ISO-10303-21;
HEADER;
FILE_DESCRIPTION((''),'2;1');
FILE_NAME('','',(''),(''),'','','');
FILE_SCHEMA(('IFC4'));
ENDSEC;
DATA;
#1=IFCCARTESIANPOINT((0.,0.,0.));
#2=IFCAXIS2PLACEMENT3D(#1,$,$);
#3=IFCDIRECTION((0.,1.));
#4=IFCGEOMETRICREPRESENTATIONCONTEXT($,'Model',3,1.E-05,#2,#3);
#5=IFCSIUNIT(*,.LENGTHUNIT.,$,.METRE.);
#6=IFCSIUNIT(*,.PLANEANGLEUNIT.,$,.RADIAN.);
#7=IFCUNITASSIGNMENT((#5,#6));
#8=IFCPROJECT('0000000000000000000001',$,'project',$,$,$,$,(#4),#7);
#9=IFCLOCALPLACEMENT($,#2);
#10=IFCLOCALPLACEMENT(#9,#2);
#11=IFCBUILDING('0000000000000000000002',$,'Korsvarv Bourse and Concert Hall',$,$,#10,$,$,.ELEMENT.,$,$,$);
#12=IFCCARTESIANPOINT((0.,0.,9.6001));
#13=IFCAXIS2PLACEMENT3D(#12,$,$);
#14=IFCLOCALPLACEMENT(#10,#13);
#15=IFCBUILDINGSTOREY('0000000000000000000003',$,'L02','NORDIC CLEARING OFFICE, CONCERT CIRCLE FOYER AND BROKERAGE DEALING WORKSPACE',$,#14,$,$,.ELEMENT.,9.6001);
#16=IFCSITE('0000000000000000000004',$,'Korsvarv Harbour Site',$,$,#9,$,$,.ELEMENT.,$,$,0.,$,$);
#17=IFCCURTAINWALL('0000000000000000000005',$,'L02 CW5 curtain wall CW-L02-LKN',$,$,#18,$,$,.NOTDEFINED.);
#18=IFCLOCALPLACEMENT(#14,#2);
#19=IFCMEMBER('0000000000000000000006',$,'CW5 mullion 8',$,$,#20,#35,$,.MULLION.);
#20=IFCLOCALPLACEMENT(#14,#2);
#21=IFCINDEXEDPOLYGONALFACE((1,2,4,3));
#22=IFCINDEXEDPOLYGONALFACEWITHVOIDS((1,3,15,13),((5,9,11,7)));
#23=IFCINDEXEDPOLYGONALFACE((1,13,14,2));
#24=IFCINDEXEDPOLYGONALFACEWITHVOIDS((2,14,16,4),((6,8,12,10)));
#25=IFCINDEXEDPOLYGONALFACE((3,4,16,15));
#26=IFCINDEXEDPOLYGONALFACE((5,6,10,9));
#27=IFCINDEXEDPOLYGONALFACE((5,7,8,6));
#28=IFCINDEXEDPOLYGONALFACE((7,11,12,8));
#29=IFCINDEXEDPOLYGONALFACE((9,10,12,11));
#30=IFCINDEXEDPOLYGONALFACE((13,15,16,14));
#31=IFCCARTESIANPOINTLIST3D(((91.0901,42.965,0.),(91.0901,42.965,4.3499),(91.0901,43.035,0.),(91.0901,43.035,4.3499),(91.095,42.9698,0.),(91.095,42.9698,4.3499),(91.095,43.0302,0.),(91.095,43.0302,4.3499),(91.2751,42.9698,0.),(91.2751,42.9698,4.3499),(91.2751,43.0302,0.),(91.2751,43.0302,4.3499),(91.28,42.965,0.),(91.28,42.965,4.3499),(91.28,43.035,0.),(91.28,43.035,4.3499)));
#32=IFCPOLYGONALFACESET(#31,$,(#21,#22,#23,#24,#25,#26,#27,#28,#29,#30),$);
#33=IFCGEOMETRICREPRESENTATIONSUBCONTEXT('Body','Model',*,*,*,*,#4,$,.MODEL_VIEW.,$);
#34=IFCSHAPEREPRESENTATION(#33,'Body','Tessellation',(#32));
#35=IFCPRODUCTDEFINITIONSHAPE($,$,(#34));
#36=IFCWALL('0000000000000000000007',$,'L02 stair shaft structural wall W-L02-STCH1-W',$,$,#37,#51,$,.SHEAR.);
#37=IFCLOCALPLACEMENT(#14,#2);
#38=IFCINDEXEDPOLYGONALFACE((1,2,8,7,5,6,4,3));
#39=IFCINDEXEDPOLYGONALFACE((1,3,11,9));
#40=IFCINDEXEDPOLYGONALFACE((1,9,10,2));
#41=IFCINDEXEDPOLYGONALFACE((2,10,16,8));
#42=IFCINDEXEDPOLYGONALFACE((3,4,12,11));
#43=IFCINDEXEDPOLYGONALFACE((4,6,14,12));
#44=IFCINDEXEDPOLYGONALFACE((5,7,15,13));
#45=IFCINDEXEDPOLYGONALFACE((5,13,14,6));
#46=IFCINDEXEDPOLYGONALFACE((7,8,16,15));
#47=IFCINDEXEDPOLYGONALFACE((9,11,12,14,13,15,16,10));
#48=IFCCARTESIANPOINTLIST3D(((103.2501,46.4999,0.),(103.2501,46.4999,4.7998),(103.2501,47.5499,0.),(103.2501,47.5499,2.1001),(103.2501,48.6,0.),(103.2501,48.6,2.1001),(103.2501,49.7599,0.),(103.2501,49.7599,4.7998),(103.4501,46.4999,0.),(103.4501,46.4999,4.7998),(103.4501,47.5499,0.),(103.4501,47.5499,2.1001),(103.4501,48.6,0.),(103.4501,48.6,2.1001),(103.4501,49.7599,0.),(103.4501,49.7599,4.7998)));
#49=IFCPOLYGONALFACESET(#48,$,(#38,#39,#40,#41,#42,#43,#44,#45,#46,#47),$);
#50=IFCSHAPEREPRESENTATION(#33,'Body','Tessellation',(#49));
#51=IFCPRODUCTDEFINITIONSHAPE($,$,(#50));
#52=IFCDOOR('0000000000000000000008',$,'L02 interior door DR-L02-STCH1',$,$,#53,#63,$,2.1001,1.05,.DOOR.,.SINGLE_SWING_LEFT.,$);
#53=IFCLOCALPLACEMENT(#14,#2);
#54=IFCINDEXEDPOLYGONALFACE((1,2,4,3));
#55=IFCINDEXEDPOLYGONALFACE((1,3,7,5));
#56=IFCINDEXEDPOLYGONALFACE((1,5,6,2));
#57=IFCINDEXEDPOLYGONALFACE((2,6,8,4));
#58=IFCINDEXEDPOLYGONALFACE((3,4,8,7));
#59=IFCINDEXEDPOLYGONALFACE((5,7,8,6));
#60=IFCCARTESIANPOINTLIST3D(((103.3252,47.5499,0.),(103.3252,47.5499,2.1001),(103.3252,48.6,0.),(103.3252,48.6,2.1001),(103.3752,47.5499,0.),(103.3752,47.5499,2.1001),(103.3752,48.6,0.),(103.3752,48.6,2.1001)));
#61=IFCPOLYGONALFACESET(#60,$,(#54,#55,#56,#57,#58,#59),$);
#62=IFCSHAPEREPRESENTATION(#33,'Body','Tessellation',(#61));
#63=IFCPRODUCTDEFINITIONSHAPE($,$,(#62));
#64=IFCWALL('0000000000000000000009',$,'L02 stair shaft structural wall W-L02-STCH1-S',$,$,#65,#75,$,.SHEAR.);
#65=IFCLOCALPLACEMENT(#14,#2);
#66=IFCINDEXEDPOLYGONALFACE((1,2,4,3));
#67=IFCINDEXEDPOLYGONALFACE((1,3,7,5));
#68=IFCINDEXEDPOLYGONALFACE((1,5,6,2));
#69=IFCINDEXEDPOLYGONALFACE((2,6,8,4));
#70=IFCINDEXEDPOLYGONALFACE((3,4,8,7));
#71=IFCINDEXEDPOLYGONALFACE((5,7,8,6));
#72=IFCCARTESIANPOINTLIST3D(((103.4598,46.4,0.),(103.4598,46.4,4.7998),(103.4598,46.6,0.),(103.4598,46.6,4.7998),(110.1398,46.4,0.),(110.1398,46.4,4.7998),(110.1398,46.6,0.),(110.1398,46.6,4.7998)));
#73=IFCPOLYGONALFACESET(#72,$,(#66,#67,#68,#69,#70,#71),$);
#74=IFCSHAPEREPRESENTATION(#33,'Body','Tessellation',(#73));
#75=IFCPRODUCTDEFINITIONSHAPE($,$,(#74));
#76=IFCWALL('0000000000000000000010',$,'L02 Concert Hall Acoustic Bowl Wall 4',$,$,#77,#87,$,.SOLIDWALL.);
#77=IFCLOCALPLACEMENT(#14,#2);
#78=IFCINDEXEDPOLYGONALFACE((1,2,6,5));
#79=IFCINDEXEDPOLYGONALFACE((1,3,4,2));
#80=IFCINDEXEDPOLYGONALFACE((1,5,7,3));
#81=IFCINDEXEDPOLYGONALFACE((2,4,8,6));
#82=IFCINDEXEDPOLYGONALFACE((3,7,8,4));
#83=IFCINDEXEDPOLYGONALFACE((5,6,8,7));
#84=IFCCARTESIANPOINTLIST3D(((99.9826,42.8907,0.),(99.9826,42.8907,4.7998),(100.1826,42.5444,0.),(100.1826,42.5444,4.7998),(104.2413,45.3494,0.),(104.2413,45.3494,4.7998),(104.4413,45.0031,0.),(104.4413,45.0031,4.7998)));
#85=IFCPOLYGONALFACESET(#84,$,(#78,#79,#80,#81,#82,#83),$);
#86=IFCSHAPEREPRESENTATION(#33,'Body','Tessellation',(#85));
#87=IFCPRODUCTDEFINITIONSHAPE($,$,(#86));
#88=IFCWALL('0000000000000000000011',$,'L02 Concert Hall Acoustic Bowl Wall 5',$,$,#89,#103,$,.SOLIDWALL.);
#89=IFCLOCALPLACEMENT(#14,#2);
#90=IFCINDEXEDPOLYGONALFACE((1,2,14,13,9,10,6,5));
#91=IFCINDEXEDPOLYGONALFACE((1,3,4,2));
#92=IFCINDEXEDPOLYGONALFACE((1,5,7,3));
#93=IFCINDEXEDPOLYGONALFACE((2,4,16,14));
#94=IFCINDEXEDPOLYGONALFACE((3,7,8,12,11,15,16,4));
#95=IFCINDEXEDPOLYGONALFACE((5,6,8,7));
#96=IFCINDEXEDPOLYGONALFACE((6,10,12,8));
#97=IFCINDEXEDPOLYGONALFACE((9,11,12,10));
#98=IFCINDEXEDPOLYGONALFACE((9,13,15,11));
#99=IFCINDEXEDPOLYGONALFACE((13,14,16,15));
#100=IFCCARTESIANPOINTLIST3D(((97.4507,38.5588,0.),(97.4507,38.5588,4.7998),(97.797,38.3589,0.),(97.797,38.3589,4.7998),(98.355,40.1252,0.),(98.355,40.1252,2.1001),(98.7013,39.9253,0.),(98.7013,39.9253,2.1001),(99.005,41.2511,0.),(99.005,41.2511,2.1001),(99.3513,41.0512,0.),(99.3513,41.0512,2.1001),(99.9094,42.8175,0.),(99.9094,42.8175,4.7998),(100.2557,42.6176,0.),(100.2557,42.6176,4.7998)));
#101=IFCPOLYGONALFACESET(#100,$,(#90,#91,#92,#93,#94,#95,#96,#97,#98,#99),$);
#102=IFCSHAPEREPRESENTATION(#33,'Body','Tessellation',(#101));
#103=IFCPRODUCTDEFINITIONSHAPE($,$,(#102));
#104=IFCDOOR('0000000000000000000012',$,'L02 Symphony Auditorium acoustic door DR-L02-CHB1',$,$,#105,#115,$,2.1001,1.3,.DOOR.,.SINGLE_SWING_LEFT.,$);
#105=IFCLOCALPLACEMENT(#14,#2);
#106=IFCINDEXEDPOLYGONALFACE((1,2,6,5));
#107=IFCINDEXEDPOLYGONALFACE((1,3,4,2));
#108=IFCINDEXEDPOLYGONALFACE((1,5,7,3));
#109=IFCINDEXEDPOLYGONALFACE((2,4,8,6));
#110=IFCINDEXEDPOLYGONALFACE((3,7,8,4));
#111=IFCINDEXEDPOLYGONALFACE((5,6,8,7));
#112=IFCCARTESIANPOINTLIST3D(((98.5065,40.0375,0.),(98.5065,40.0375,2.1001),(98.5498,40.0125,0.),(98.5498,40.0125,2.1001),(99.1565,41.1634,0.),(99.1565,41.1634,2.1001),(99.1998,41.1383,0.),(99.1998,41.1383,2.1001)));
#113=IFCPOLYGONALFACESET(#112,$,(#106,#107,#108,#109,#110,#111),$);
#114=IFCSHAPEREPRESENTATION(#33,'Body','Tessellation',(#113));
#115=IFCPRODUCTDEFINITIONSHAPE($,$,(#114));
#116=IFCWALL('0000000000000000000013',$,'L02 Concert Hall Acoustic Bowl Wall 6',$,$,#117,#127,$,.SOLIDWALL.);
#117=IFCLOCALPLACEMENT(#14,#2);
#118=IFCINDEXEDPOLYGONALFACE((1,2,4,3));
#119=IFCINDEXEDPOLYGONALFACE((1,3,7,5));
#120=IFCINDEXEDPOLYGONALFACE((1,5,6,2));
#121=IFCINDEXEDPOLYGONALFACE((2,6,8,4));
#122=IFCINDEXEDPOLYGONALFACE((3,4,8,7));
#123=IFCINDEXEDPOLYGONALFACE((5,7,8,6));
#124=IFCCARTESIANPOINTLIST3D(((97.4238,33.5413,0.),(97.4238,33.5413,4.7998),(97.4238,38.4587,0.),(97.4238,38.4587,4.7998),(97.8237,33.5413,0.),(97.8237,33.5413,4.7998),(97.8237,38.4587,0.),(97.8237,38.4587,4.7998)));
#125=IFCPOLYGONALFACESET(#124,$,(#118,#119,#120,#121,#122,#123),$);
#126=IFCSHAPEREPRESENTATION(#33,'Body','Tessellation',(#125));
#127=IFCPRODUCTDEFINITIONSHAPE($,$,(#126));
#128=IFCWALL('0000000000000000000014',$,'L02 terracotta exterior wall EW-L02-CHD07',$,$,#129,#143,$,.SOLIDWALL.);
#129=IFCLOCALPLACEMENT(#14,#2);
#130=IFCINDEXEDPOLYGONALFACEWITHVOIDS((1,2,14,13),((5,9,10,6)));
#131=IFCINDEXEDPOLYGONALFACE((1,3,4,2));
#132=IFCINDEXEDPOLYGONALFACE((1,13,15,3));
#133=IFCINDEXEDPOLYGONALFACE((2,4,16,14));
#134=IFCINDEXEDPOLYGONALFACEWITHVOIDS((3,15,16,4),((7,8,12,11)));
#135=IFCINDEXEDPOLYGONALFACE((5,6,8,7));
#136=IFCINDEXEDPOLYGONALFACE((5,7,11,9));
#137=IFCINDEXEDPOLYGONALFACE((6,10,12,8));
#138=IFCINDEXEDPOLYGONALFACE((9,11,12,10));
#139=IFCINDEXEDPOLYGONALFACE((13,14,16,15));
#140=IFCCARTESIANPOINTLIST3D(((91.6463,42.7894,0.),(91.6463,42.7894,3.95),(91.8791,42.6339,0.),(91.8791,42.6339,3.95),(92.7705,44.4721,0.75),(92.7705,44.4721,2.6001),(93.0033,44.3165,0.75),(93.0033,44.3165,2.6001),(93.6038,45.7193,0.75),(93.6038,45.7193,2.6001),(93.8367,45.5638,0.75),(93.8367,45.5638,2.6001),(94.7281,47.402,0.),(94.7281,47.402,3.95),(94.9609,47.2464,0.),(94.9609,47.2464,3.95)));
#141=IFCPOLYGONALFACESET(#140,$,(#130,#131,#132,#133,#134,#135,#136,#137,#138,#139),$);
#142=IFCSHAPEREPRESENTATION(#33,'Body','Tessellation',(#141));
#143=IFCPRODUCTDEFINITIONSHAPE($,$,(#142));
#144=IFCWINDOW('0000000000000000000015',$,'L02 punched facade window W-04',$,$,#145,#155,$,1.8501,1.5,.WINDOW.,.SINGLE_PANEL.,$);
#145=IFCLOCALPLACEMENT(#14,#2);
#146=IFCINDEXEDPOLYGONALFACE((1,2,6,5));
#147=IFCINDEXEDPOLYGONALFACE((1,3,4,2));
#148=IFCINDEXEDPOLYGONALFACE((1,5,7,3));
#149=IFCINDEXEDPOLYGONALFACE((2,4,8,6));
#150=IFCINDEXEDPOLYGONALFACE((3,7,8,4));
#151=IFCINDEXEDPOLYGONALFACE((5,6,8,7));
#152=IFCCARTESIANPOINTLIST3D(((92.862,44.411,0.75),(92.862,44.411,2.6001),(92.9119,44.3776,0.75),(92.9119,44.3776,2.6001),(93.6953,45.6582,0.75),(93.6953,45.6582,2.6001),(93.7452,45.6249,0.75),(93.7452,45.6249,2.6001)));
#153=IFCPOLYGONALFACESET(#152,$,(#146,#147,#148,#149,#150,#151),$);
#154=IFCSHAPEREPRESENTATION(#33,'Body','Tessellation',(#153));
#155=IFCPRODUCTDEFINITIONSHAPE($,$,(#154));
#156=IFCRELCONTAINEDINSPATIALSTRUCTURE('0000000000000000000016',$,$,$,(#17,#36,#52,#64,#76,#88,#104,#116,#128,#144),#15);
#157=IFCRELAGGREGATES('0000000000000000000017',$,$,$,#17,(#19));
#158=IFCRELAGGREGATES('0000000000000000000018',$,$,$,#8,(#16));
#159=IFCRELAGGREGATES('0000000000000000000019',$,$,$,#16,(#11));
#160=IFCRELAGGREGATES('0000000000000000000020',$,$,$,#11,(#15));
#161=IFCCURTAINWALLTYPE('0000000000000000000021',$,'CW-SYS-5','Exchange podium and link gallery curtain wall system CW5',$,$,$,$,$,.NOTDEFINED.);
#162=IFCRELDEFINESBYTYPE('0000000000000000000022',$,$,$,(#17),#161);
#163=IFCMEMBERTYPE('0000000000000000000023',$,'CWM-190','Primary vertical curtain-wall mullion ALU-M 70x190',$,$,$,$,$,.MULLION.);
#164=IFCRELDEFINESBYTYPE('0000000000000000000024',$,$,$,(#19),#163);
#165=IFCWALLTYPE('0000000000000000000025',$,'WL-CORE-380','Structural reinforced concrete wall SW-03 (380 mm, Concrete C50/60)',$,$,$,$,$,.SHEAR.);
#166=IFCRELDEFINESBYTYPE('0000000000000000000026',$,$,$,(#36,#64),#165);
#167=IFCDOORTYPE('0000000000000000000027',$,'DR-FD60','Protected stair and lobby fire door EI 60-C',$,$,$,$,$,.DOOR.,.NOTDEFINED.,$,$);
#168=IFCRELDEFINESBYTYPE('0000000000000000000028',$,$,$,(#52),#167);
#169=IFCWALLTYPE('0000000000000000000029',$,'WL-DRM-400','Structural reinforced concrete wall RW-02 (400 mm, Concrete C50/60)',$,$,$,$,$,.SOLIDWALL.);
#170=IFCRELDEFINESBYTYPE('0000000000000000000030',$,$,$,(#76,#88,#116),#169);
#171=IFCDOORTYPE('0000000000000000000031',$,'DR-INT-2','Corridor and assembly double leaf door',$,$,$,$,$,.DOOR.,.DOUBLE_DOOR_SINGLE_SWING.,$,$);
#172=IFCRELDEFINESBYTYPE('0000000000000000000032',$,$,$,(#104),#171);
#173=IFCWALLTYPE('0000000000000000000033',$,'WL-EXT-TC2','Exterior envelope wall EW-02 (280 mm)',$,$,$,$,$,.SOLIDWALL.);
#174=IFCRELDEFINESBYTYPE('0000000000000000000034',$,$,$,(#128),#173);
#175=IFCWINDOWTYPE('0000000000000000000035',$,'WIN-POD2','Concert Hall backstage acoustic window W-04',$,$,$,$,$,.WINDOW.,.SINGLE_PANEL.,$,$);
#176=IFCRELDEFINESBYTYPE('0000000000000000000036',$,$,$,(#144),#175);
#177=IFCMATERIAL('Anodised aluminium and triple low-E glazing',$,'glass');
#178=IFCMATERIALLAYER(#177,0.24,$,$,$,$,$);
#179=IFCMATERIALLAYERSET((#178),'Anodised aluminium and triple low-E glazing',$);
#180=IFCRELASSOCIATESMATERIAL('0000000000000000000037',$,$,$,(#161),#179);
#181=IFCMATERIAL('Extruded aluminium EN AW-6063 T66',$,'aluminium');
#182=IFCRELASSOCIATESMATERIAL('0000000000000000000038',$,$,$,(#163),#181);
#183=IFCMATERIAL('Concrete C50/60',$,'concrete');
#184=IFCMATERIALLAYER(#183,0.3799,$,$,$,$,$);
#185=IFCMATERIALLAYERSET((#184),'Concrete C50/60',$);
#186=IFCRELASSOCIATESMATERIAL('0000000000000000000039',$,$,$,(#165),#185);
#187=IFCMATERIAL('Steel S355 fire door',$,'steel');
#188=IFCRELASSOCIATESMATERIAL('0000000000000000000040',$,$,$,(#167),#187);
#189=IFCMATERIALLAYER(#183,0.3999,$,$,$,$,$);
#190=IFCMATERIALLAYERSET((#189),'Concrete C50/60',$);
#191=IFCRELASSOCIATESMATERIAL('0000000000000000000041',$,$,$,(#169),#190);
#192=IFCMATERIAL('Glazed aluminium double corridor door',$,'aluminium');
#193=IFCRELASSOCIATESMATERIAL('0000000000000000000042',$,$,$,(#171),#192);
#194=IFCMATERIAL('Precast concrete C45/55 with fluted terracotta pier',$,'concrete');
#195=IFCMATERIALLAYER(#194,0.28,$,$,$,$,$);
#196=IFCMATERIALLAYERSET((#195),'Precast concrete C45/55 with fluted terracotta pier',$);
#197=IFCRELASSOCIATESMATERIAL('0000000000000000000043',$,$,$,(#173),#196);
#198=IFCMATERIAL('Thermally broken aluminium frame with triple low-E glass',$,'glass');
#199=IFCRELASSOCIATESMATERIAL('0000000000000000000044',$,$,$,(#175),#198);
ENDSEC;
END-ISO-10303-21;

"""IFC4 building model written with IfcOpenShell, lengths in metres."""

from ifc_helpers import new_model, si_unit, direction, frame, frame_2d, origin, origin_2d, place, context, subcontext, project, spatial, rectangle, hollow_rectangle, extrude, source, transform, mapped, material, layer, layer_set, material_profile, profile_set, type_object, element, fill, aggregate, save


model = new_model("IFC4")

# Units and contexts
model_context = context("Model", 3, precision=1e-05, world=origin(), true_north=direction((0.0, 1.0)))
body_context = subcontext(model_context, "Body", "Model", "MODEL_VIEW")
ifc_project = project(units=[si_unit("LENGTHUNIT", "METRE"), si_unit("PLANEANGLEUNIT", "RADIAN")], contexts=[model_context])

# Site, building, storey
site_placement = place(None, origin())
site = spatial("IfcSite", under=ifc_project, at=site_placement, Name="Korsvarv Harbour Site", CompositionType="ELEMENT", RefElevation=0.0)
building_placement = place(site_placement, origin())
building = spatial("IfcBuilding", under=site, at=building_placement, Name="Korsvarv Bourse and Concert Hall", CompositionType="ELEMENT")
storey_placement = place(building_placement, frame((0.0, 0.0, 9.6001)))
storey = spatial("IfcBuildingStorey", under=building, at=storey_placement, Name="L02", Description="NORDIC CLEARING OFFICE, CONCERT CIRCLE FOYER AND BROKERAGE DEALING WORKSPACE", CompositionType="ELEMENT", Elevation=9.6001)

# Shared definitions
ifc_material_1 = material(Name="Concrete C50/60", Category="concrete")

# Curtain wall, member
ifc_material_2 = material(Name="Anodised aluminium and triple low-E glazing", Category="glass")
ifc_layer_1 = layer(ifc_material_2, 0.24)
ifc_layer_set_1 = layer_set([ifc_layer_1], Name="Anodised aluminium and triple low-E glazing")
curtain_wall_type = type_object("IfcCurtainWallType", Name="CW-SYS-5", Description="Exchange podium and link gallery curtain wall system CW5", PredefinedType="NOTDEFINED", material=ifc_layer_set_1)
curtain_wall_placement = place(storey_placement, origin())
curtain_wall = element("IfcCurtainWall", 1, at=curtain_wall_placement, inside=storey, type_object=curtain_wall_type, Name="L02 CW5 curtain wall CW-L02-LKN", PredefinedType="NOTDEFINED")
ifc_material_3 = material(Name="Extruded aluminium EN AW-6063 T66", Category="aluminium")
ifc_material_profile_1 = material_profile(ifc_material_3, hollow_rectangle(XDim=0.0701, YDim=0.1899, WallThickness=0.0049, at=origin_2d()), Name="ALU-M 70x190")
ifc_profile_set_1 = profile_set([ifc_material_profile_1], Name="Extruded aluminium EN AW-6063 T66")
member_type = type_object("IfcMemberType", Name="CWM-190", Description="Primary vertical curtain-wall mullion ALU-M 70x190", PredefinedType="MULLION", material=ifc_profile_set_1)
shared_shape_1 = source(origin(), body_context, "Body", "SweptSolid", [
    extrude(hollow_rectangle(XDim=0.0701, YDim=0.1899, WallThickness=0.0049, at=origin_2d()), origin(), (0.0, 0.0, 1.0), 4.3499),
])
member_placement = place(storey_placement, frame((91.1851, 43.0, 0.0), z_axis=(0.0, 0.0, 1.0), x_axis=(0.0, 1.0, 0.0)))
member = element("IfcMember", 2, at=member_placement, type_object=member_type, Name="CW5 mullion 8", PredefinedType="MULLION", context=body_context, shape_type="MappedRepresentation", body=[
    mapped(shared_shape_1, transform((0.0, 0.0, 0.0), scale=1.0)),
])
aggregate(curtain_wall, [member])

# Wall, opening, door
ifc_layer_2 = layer(ifc_material_1, 0.3799)
ifc_layer_set_2 = layer_set([ifc_layer_2], Name="Concrete C50/60")
wall_type_1 = type_object("IfcWallType", Name="WL-CORE-380", Description="Structural reinforced concrete wall SW-03 (380 mm, Concrete C50/60)", PredefinedType="SHEAR", material=ifc_layer_set_2)
wall_1_placement = place(storey_placement, frame((103.3501, 46.5, 0.0), z_axis=(0.0, 0.0, 1.0), x_axis=(0.0, 1.0, 0.0)))
wall_1 = element("IfcWall", 3, at=wall_1_placement, inside=storey, type_object=wall_type_1, Name="L02 stair shaft structural wall W-L02-STCH1-W", PredefinedType="SHEAR", context=body_context, shape_type="SweptSolid", body=[
    extrude(rectangle(XDim=3.26, YDim=0.2, at=frame_2d((1.6299, 0.0))), origin(), (0.0, 0.0, 1.0), 4.7998),
])
opening_1_placement = place(wall_1_placement, frame((1.05, 0.0, 0.0)))
opening_1 = element("IfcOpeningElement", 4, at=opening_1_placement, cuts=wall_1, PredefinedType="OPENING", context=body_context, shape_type="SweptSolid", body=[
    extrude(rectangle(XDim=1.05, YDim=2.1001, at=frame_2d((0.5249, 1.05))), frame((0.0, 0.1099, 0.0), z_axis=(0.0, -1.0, 0.0), x_axis=(1.0, 0.0, 0.0)), (0.0, 0.0, 1.0), 0.22),
])
ifc_material_4 = material(Name="Steel S355 fire door", Category="steel")
door_type_1 = type_object("IfcDoorType", Name="DR-FD60", Description="Protected stair and lobby fire door EI 60-C", OperationType="NOTDEFINED", PredefinedType="DOOR", material=ifc_material_4)
door_1_placement = place(opening_1_placement, origin())
door_1 = element("IfcDoor", 5, at=door_1_placement, inside=storey, type_object=door_type_1, Name="L02 interior door DR-L02-STCH1", OperationType="SINGLE_SWING_LEFT", OverallHeight=2.1001, OverallWidth=1.05, PredefinedType="DOOR", context=body_context, shape_type="SweptSolid", body=[
    extrude(rectangle(XDim=1.05, YDim=2.1001, at=frame_2d((0.5249, 1.05))), frame((0.0, 0.0249, 0.0), z_axis=(0.0, -1.0, 0.0), x_axis=(1.0, 0.0, 0.0)), (0.0, 0.0, 1.0), 0.05),
])
fill(opening_1, door_1)

# Walls
wall_2_placement = place(storey_placement, frame((103.46, 46.5, 0.0), z_axis=(0.0, 0.0, 1.0), x_axis=(1.0, 0.0, 0.0)))
element("IfcWall", 6, at=wall_2_placement, inside=storey, type_object=wall_type_1, Name="L02 stair shaft structural wall W-L02-STCH1-S", PredefinedType="SHEAR", context=body_context, shape_type="SweptSolid", body=[
    extrude(rectangle(XDim=6.6799, YDim=0.2, at=frame_2d((3.3398, 0.0))), origin(), (0.0, 0.0, 1.0), 4.7998),
])
ifc_layer_3 = layer(ifc_material_1, 0.3999)
ifc_layer_set_3 = layer_set([ifc_layer_3], Name="Concrete C50/60")
wall_type_2 = type_object("IfcWallType", Name="WL-DRM-400", Description="Structural reinforced concrete wall RW-02 (400 mm, Concrete C50/60)", PredefinedType="SOLIDWALL", material=ifc_layer_set_3)
wall_3_placement = place(storey_placement, frame((104.3413, 45.1763, 0.0), z_axis=(0.0, 0.0, 1.0), x_axis=(-0.866032, -0.499989, 0.0)))
element("IfcWall", 7, at=wall_3_placement, inside=storey, type_object=wall_type_2, Name="L02 Concert Hall Acoustic Bowl Wall 4", PredefinedType="SOLIDWALL", context=body_context, shape_type="SweptSolid", body=[
    extrude(rectangle(XDim=4.9175, YDim=0.3999, at=frame_2d((2.4587, 0.0))), origin(), (0.0, 0.0, 1.0), 4.7998),
])

# Wall, opening, door
wall_4_placement = place(storey_placement, frame((100.0825, 42.7175, 0.0), z_axis=(0.0, 0.0, 1.0), x_axis=(-0.499989, -0.866032, 0.0)))
wall_4 = element("IfcWall", 8, at=wall_4_placement, inside=storey, type_object=wall_type_2, Name="L02 Concert Hall Acoustic Bowl Wall 5", PredefinedType="SOLIDWALL", context=body_context, shape_type="SweptSolid", body=[
    extrude(rectangle(XDim=4.9175, YDim=0.3999, at=frame_2d((2.4587, 0.0))), origin(), (0.0, 0.0, 1.0), 4.7998),
])
opening_2_placement = place(wall_4_placement, frame((1.8088, 0.0, 0.0)))
opening_2 = element("IfcOpeningElement", 9, at=opening_2_placement, cuts=wall_4, PredefinedType="OPENING", context=body_context, shape_type="SweptSolid", body=[
    extrude(rectangle(XDim=1.3, YDim=2.1001, at=frame_2d((0.6499, 1.05))), frame((0.0, 0.21, 0.0), z_axis=(0.0, -1.0, 0.0), x_axis=(1.0, 0.0, 0.0)), (0.0, 0.0, 1.0), 0.4199),
])
ifc_material_5 = material(Name="Glazed aluminium double corridor door", Category="aluminium")
door_type_2 = type_object("IfcDoorType", Name="DR-INT-2", Description="Corridor and assembly double leaf door", OperationType="DOUBLE_DOOR_SINGLE_SWING", PredefinedType="DOOR", material=ifc_material_5)
door_2_placement = place(opening_2_placement, frame((1.3, 0.0, 0.0), z_axis=(0.0, 0.0, 1.0), x_axis=(-1.0, 0.0, 0.0)))
door_2 = element("IfcDoor", 10, at=door_2_placement, inside=storey, type_object=door_type_2, Name="L02 Symphony Auditorium acoustic door DR-L02-CHB1", OperationType="SINGLE_SWING_LEFT", OverallHeight=2.1001, OverallWidth=1.3, PredefinedType="DOOR", context=body_context, shape_type="SweptSolid", body=[
    extrude(rectangle(XDim=1.3, YDim=2.1001, at=frame_2d((0.6499, 1.05))), frame((0.0, 0.0249, 0.0), z_axis=(0.0, -1.0, 0.0), x_axis=(1.0, 0.0, 0.0)), (0.0, 0.0, 1.0), 0.05),
])
fill(opening_2, door_2)

# Wall
wall_5_placement = place(storey_placement, frame((97.6238, 38.4587, 0.0), z_axis=(0.0, 0.0, 1.0), x_axis=(0.0, -1.0, 0.0)))
element("IfcWall", 11, at=wall_5_placement, inside=storey, type_object=wall_type_2, Name="L02 Concert Hall Acoustic Bowl Wall 6", PredefinedType="SOLIDWALL", context=body_context, shape_type="SweptSolid", body=[
    extrude(rectangle(XDim=4.9175, YDim=0.3999, at=frame_2d((2.4587, 0.0))), origin(), (0.0, 0.0, 1.0), 4.7998),
])

# Wall, opening, window
ifc_material_6 = material(Name="Precast concrete C45/55 with fluted terracotta pier", Category="concrete")
ifc_layer_4 = layer(ifc_material_6, 0.28)
ifc_layer_set_4 = layer_set([ifc_layer_4], Name="Precast concrete C45/55 with fluted terracotta pier")
wall_type_3 = type_object("IfcWallType", Name="WL-EXT-TC2", Description="Exterior envelope wall EW-02 (280 mm)", PredefinedType="SOLIDWALL", material=ifc_layer_set_4)
wall_6_placement = place(storey_placement, frame((94.8445, 47.3242, 0.0), z_axis=(0.0, 0.0, 1.0), x_axis=(-0.555543, -0.831488, 0.0)))
wall_6 = element("IfcWall", 12, at=wall_6_placement, inside=storey, type_object=wall_type_3, Name="L02 terracotta exterior wall EW-L02-CHD07", PredefinedType="SOLIDWALL", context=body_context, shape_type="SweptSolid", body=[
    extrude(rectangle(XDim=5.5474, YDim=0.28, at=frame_2d((2.7737, 0.0))), origin(), (0.0, 0.0, 1.0), 3.95),
])
opening_3_placement = place(wall_6_placement, frame((2.0237, 0.0, 0.75)))
opening_3 = element("IfcOpeningElement", 13, at=opening_3_placement, cuts=wall_6, PredefinedType="OPENING", context=body_context, shape_type="SweptSolid", body=[
    extrude(rectangle(XDim=1.5, YDim=1.8501, at=frame_2d((0.75, 0.925))), frame((0.0, 0.1499, 0.0), z_axis=(0.0, -1.0, 0.0), x_axis=(1.0, 0.0, 0.0)), (0.0, 0.0, 1.0), 0.3),
])
ifc_material_7 = material(Name="Thermally broken aluminium frame with triple low-E glass", Category="glass")
window_type = type_object("IfcWindowType", Name="WIN-POD2", Description="Concert Hall backstage acoustic window W-04", PartitioningType="SINGLE_PANEL", PredefinedType="WINDOW", material=ifc_material_7)
window_placement = place(opening_3_placement, origin())
window = element("IfcWindow", 14, at=window_placement, inside=storey, type_object=window_type, Name="L02 punched facade window W-04", OverallHeight=1.8501, OverallWidth=1.5, PartitioningType="SINGLE_PANEL", PredefinedType="WINDOW", context=body_context, shape_type="SweptSolid", body=[
    extrude(rectangle(XDim=1.5, YDim=1.8501, at=frame_2d((0.75, 0.925))), frame((0.0, 0.03, 0.0), z_axis=(0.0, -1.0, 0.0), x_axis=(1.0, 0.0, 0.0)), (0.0, 0.0, 1.0), 0.0601),
])
fill(opening_3, window)

save(model, "model.ifc")
